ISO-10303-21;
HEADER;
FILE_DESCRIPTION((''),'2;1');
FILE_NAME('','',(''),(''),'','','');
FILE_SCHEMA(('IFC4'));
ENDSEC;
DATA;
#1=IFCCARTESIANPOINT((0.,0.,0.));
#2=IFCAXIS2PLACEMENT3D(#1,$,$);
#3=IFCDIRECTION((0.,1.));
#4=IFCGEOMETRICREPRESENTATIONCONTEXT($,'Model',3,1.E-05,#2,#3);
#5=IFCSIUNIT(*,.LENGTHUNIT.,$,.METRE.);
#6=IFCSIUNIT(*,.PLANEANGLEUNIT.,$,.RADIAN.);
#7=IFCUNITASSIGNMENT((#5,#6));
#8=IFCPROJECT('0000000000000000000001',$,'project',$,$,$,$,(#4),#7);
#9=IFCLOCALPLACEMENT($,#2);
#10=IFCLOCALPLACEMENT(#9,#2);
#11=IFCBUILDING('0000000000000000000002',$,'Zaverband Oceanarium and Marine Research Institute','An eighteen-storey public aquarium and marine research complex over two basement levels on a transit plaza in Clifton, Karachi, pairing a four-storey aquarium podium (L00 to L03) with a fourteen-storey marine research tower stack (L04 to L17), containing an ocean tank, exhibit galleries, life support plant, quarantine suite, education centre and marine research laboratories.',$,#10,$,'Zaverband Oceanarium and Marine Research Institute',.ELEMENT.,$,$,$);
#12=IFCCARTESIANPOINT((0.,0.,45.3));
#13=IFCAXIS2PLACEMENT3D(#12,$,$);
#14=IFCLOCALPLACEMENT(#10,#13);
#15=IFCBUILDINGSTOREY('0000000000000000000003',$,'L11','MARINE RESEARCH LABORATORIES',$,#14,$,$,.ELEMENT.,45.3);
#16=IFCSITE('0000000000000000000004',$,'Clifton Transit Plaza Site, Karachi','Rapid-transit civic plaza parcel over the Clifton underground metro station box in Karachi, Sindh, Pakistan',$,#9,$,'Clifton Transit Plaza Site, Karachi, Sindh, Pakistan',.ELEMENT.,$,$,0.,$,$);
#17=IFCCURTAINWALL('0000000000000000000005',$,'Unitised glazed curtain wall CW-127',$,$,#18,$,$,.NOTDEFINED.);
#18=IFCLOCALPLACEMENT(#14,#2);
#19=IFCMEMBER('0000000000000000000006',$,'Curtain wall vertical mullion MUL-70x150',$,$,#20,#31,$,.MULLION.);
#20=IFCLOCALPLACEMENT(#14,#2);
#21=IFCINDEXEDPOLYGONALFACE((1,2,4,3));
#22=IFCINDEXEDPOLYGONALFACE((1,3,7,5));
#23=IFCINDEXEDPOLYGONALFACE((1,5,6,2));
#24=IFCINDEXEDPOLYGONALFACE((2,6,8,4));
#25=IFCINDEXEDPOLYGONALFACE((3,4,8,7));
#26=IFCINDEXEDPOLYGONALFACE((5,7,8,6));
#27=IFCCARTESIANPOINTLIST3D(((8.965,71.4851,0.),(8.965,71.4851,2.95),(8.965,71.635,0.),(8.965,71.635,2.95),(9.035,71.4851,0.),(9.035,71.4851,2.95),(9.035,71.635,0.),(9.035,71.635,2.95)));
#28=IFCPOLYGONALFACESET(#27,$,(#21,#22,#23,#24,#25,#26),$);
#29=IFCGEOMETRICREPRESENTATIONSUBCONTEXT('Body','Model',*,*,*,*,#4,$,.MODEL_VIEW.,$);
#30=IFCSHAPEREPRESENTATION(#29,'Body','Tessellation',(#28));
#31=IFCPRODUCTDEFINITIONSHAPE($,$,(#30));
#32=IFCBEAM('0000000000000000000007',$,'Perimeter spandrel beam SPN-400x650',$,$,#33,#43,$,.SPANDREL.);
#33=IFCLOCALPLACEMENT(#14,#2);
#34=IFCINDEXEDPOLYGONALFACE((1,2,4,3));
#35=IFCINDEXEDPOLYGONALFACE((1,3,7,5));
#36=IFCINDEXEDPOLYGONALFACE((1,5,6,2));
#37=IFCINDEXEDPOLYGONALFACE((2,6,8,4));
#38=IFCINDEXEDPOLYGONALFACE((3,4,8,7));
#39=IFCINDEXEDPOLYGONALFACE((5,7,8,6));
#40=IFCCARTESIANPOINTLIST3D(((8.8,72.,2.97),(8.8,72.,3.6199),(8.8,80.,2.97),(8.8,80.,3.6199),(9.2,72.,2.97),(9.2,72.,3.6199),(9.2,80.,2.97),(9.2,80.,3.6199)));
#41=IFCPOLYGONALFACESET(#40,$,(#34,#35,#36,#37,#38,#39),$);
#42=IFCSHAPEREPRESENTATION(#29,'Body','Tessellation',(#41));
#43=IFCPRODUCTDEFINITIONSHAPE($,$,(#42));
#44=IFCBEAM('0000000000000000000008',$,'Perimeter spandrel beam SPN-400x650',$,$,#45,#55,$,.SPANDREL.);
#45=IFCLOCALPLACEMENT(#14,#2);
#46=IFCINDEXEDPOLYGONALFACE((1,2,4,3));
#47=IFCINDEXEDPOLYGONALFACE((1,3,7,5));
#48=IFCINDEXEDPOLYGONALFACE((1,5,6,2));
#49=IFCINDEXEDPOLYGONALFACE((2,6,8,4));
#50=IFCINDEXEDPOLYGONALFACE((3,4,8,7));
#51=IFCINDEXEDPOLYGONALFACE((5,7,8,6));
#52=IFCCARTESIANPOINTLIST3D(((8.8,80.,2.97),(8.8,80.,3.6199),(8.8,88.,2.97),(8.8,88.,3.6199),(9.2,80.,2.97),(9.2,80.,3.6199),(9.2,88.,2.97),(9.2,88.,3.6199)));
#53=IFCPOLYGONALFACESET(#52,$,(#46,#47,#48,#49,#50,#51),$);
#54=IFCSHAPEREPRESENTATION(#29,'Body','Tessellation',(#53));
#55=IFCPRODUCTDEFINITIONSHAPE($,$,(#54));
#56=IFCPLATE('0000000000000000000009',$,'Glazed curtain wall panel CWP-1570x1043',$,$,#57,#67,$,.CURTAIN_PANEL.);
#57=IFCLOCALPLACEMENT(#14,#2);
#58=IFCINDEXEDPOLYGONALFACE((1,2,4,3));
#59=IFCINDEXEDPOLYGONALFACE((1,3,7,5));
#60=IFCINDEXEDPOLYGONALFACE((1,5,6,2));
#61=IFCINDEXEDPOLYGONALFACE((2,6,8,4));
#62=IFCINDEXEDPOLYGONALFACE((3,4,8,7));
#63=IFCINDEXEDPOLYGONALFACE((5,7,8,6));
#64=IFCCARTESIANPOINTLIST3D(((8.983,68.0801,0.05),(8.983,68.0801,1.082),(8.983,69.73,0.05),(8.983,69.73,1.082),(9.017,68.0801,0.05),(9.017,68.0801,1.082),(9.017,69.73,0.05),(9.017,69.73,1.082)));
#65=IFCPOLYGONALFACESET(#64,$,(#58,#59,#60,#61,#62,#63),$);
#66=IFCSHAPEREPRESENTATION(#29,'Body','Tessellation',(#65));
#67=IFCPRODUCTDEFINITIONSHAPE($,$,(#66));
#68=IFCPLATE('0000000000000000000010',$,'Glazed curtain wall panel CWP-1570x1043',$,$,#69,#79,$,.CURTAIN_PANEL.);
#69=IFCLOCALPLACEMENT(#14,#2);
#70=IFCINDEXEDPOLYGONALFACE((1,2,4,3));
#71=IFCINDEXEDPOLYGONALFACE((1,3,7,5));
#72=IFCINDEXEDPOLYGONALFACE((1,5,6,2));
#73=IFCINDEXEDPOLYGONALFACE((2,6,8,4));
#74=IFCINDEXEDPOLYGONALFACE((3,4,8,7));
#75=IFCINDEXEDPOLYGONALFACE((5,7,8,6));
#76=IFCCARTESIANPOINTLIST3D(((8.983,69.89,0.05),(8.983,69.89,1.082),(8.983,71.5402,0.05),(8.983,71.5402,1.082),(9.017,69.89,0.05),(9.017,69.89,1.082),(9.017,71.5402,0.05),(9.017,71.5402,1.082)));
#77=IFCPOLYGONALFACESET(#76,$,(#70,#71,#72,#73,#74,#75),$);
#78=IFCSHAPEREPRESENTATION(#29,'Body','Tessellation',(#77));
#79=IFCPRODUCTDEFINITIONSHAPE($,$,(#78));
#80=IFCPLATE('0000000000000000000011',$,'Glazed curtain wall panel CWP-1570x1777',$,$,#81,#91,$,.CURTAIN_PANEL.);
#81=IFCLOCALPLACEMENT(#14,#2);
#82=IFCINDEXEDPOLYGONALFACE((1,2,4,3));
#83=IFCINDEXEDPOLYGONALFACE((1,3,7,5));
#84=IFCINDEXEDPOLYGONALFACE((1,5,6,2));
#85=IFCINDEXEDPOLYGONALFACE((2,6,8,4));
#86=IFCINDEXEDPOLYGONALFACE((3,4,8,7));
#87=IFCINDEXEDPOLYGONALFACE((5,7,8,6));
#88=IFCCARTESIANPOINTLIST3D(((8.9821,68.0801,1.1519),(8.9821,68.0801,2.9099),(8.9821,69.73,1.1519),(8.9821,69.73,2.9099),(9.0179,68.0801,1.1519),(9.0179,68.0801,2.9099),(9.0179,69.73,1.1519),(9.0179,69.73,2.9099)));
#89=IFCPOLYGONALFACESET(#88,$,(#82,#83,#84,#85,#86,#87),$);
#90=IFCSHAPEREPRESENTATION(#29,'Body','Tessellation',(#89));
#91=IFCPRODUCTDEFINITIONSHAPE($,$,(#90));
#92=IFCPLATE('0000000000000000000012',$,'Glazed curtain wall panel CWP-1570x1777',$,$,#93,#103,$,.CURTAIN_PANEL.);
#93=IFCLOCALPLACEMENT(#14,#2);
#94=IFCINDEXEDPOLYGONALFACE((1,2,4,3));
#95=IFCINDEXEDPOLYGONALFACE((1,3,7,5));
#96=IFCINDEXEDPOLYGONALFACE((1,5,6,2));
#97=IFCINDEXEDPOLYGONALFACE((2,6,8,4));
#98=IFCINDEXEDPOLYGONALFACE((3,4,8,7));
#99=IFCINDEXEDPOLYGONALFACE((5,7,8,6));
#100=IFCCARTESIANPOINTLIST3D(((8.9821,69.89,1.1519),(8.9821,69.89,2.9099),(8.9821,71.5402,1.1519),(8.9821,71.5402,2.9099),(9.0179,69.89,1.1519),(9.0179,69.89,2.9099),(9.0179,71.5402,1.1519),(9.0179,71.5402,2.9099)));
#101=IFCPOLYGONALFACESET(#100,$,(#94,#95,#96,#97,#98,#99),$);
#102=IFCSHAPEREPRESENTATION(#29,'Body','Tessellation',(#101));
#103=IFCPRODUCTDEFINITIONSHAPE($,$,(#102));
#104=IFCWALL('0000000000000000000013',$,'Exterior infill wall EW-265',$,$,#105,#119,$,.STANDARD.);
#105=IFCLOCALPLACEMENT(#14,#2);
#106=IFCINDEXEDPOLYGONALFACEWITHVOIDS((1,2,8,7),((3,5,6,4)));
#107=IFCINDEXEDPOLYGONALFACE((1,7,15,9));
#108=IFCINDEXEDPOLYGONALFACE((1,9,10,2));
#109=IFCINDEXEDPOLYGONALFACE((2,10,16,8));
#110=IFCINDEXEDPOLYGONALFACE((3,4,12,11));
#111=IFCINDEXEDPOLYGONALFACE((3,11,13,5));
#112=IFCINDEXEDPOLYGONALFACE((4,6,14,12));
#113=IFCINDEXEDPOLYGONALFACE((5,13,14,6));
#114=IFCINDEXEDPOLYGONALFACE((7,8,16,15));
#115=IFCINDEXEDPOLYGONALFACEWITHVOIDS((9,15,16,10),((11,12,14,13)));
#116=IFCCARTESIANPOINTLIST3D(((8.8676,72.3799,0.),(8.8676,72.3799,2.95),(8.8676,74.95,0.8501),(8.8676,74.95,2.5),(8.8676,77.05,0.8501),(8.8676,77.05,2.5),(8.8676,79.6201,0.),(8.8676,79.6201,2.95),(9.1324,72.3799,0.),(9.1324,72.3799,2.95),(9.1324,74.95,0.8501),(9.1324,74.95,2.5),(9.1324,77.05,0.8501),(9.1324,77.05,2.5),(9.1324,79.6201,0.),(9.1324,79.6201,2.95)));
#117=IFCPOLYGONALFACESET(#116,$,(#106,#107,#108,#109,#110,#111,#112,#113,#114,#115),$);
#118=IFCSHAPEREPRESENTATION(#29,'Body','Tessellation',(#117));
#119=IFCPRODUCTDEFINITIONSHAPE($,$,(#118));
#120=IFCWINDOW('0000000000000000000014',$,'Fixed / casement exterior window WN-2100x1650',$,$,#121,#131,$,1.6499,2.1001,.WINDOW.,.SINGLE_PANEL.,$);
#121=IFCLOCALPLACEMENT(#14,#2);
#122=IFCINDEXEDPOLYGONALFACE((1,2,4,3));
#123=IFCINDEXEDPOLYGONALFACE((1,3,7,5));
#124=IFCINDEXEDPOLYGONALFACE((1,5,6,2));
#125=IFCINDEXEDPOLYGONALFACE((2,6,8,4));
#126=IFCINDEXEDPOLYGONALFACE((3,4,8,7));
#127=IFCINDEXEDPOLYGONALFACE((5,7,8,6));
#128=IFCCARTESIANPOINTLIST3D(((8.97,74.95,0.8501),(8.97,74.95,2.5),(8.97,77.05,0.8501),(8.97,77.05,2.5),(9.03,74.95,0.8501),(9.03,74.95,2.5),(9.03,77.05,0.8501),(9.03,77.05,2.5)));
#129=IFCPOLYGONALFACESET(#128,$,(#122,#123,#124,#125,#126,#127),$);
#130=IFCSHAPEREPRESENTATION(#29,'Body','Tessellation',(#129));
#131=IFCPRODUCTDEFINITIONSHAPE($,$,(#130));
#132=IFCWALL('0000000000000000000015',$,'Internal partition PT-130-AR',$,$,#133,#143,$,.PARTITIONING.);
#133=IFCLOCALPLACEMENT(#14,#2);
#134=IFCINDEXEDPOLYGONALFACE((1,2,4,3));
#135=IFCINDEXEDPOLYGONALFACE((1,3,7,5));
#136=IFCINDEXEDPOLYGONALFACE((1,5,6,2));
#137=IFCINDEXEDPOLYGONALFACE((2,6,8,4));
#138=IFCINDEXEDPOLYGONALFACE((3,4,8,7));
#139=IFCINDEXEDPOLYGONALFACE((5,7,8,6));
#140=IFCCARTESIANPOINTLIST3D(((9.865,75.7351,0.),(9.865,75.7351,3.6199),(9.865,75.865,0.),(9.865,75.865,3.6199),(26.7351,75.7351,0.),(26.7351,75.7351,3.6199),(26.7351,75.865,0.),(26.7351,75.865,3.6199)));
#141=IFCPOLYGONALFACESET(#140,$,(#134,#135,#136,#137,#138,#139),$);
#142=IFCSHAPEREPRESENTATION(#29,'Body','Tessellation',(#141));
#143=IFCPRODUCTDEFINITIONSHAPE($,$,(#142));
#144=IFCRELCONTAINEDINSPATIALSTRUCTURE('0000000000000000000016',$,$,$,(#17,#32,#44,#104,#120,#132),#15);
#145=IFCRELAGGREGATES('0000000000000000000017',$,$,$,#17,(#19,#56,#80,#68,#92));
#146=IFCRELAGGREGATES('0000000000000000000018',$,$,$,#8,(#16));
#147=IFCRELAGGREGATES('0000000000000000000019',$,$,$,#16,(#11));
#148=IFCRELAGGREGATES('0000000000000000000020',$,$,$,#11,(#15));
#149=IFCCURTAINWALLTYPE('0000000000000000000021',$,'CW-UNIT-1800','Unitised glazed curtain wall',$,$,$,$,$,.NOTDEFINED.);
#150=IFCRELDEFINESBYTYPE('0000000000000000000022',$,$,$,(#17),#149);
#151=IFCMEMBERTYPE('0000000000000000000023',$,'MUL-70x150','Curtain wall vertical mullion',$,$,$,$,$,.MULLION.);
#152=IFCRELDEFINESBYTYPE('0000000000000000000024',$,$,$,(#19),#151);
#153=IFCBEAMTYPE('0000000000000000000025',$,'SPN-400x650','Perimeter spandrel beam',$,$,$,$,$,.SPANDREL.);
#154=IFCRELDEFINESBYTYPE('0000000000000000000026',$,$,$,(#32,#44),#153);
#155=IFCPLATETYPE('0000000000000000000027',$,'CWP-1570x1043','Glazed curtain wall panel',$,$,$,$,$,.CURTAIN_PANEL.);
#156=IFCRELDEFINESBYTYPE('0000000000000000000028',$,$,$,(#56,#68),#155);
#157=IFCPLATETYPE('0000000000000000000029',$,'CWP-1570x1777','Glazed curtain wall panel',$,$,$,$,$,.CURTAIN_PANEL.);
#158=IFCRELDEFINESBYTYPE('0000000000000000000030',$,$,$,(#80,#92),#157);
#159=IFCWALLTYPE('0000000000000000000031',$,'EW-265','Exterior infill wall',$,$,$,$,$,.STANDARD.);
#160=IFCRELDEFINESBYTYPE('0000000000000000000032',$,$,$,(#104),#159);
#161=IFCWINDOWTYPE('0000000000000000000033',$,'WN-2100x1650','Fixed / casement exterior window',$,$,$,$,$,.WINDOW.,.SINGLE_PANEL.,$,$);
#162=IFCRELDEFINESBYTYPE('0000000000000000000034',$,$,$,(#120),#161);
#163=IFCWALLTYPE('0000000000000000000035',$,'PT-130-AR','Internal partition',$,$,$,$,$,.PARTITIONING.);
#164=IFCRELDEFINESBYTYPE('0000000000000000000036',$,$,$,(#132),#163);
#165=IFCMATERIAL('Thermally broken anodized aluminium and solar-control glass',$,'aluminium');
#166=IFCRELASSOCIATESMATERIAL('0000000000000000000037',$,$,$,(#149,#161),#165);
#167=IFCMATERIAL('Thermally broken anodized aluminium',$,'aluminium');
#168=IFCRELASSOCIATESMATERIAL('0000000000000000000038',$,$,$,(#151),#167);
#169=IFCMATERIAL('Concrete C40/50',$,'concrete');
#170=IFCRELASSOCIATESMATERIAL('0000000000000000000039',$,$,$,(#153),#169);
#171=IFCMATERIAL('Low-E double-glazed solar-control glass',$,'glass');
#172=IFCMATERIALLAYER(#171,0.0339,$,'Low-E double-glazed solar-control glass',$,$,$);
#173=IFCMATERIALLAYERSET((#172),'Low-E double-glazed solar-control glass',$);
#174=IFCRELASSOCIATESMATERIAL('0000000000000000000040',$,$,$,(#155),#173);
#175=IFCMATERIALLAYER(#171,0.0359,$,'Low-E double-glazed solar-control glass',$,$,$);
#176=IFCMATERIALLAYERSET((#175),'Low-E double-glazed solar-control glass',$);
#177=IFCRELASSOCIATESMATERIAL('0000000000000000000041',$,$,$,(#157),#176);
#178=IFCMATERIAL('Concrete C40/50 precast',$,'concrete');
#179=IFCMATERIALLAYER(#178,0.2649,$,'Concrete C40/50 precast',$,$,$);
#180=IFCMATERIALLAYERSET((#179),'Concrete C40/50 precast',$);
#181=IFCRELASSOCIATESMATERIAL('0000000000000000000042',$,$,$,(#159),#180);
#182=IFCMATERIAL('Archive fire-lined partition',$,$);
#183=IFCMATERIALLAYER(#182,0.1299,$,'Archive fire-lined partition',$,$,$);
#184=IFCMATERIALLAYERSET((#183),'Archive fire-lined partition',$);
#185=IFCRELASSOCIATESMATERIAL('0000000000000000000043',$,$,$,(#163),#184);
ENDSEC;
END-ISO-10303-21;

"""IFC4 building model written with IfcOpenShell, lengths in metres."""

from ifc_helpers import new_model, si_unit, direction, frame, frame_2d, origin, origin_2d, place, context, subcontext, project, spatial, rectangle, extrude, material, layer, layer_set, material_profile, profile_set, type_object, element, fill, aggregate, save


model = new_model("IFC4")

# Units and contexts
model_context = context("Model", 3, precision=1e-05, world=origin(), true_north=direction((0.0, 1.0)))
body_context = subcontext(model_context, "Body", "Model", "MODEL_VIEW")
ifc_project = project(units=[si_unit("LENGTHUNIT", "METRE"), si_unit("PLANEANGLEUNIT", "RADIAN")], contexts=[model_context])

# Site, building, storey
site_placement = place(None, origin())
site = spatial("IfcSite", under=ifc_project, at=site_placement, Name="Clifton Transit Plaza Site, Karachi", Description="Rapid-transit civic plaza parcel over the Clifton underground metro station box in Karachi, Sindh, Pakistan", LongName="Clifton Transit Plaza Site, Karachi, Sindh, Pakistan", CompositionType="ELEMENT", RefElevation=0.0)
building_placement = place(site_placement, origin())
building = spatial("IfcBuilding", under=site, at=building_placement, Name="Zaverband Oceanarium and Marine Research Institute", Description="An eighteen-storey public aquarium and marine research complex over two basement levels on a transit plaza in Clifton, Karachi, pairing a four-storey aquarium podium (L00 to L03) with a fourteen-storey marine research tower stack (L04 to L17), containing an ocean tank, exhibit galleries, life support plant, quarantine suite, education centre and marine research laboratories.", LongName="Zaverband Oceanarium and Marine Research Institute", CompositionType="ELEMENT")
storey_placement = place(building_placement, frame((0.0, 0.0, 45.3)))
storey = spatial("IfcBuildingStorey", under=building, at=storey_placement, Name="L11", Description="MARINE RESEARCH LABORATORIES", CompositionType="ELEMENT", Elevation=45.3)

# Shared definitions
ifc_material_1 = material(Name="Concrete C40/50", Category="concrete")

# Curtain wall, member
ifc_material_2 = material(Name="Thermally broken anodized aluminium and solar-control glass", Category="aluminium")
curtain_wall_type = type_object("IfcCurtainWallType", Name="CW-UNIT-1800", Description="Unitised glazed curtain wall", PredefinedType="NOTDEFINED", material=ifc_material_2)
curtain_wall_placement = place(storey_placement, origin())
curtain_wall = element("IfcCurtainWall", 1, at=curtain_wall_placement, inside=storey, type_object=curtain_wall_type, Name="Unitised glazed curtain wall CW-127", PredefinedType="NOTDEFINED")
ifc_material_3 = material(Name="Thermally broken anodized aluminium", Category="aluminium")
ifc_material_profile_1 = material_profile(ifc_material_3, rectangle(XDim=0.0701, YDim=0.1499, at=origin_2d()), Name="AL-MUL-70x150")
ifc_profile_set_1 = profile_set([ifc_material_profile_1], Name="Thermally broken anodized aluminium")
member_type_1 = type_object("IfcMemberType", Name="MUL-70x150", Description="Curtain wall vertical mullion", PredefinedType="MULLION", material=ifc_profile_set_1)
member_1_placement = place(storey_placement, frame((9.0, 71.5601, 0.0), z_axis=(0.0, 0.0, 1.0), x_axis=(1.0, 0.0, 0.0)))
member_1 = element("IfcMember", 2, at=member_1_placement, type_object=member_type_1, Name="Curtain wall vertical mullion MUL-70x150", PredefinedType="MULLION", context=body_context, shape_type="SweptSolid", body=[
    extrude(rectangle(XDim=0.0701, YDim=0.1499, at=origin_2d()), origin(), (0.0, 0.0, 1.0), 2.95),
])

# Beams
ifc_material_profile_2 = material_profile(ifc_material_1, rectangle(XDim=0.3999, YDim=0.6499, at=origin_2d()), Name="RC400x650")
ifc_profile_set_2 = profile_set([ifc_material_profile_2], Name="Concrete C40/50")
beam_type_1 = type_object("IfcBeamType", Name="SPN-400x650", Description="Perimeter spandrel beam", PredefinedType="SPANDREL", material=ifc_profile_set_2)
for number, where, z_axis, x_axis, name in (
    (3, (9.0, 72.0, 3.2949), (0.0, 1.0, 0.0), (-1.0, 0.0, 0.0), "Perimeter spandrel beam SPN-400x650"),
    (4, (9.0, 80.0, 3.2949), (0.0, 1.0, 0.0), (-1.0, 0.0, 0.0), "Perimeter spandrel beam SPN-400x650"),
):
    element("IfcBeam", number, at=place(storey_placement, frame(where, z_axis=z_axis, x_axis=x_axis)), inside=storey, type_object=beam_type_1, Name=name, PredefinedType="SPANDREL", context=body_context, shape_type="SweptSolid", body=[
        extrude(rectangle(XDim=0.3999, YDim=0.6499, at=origin_2d()), origin(), (0.0, 0.0, 1.0), 8.0),
    ])

# Plates
ifc_material_4 = material(Name="Low-E double-glazed solar-control glass", Category="glass")
ifc_layer_1 = layer(ifc_material_4, 0.0339, Name="Low-E double-glazed solar-control glass")
ifc_layer_set_1 = layer_set([ifc_layer_1], Name="Low-E double-glazed solar-control glass")
plate_type_1 = type_object("IfcPlateType", Name="CWP-1570x1043", Description="Glazed curtain wall panel", PredefinedType="CURTAIN_PANEL", material=ifc_layer_set_1)
plate_1_placement = place(storey_placement, frame((9.0, 68.0801, 0.05), z_axis=(0.0, 0.0, 1.0), x_axis=(0.0, 1.0, 0.0)))
plate_1 = element("IfcPlate", 5, at=plate_1_placement, type_object=plate_type_1, Name="Glazed curtain wall panel CWP-1570x1043", PredefinedType="CURTAIN_PANEL", context=body_context, shape_type="SweptSolid", body=[
    extrude(rectangle(XDim=1.6499, YDim=0.0339, at=frame_2d((0.825, 0.0))), origin(), (0.0, 0.0, 1.0), 1.032),
])
plate_2_placement = place(storey_placement, frame((9.0, 69.8899, 0.05), z_axis=(0.0, 0.0, 1.0), x_axis=(0.0, 1.0, 0.0)))
plate_2 = element("IfcPlate", 6, at=plate_2_placement, type_object=plate_type_1, Name="Glazed curtain wall panel CWP-1570x1043", PredefinedType="CURTAIN_PANEL", context=body_context, shape_type="SweptSolid", body=[
    extrude(rectangle(XDim=1.6501, YDim=0.0339, at=frame_2d((0.8252, 0.0))), origin(), (0.0, 0.0, 1.0), 1.032),
])
ifc_layer_2 = layer(ifc_material_4, 0.0359, Name="Low-E double-glazed solar-control glass")
ifc_layer_set_2 = layer_set([ifc_layer_2], Name="Low-E double-glazed solar-control glass")
plate_type_2 = type_object("IfcPlateType", Name="CWP-1570x1777", Description="Glazed curtain wall panel", PredefinedType="CURTAIN_PANEL", material=ifc_layer_set_2)
plate_3_placement = place(storey_placement, frame((9.0, 68.0801, 1.1519), z_axis=(0.0, 0.0, 1.0), x_axis=(0.0, 1.0, 0.0)))
plate_3 = element("IfcPlate", 7, at=plate_3_placement, type_object=plate_type_2, Name="Glazed curtain wall panel CWP-1570x1777", PredefinedType="CURTAIN_PANEL", context=body_context, shape_type="SweptSolid", body=[
    extrude(rectangle(XDim=1.6499, YDim=0.0359, at=frame_2d((0.825, 0.0))), origin(), (0.0, 0.0, 1.0), 1.7581),
])
plate_4_placement = place(storey_placement, frame((9.0, 69.8899, 1.1519), z_axis=(0.0, 0.0, 1.0), x_axis=(0.0, 1.0, 0.0)))
plate_4 = element("IfcPlate", 8, at=plate_4_placement, type_object=plate_type_2, Name="Glazed curtain wall panel CWP-1570x1777", PredefinedType="CURTAIN_PANEL", context=body_context, shape_type="SweptSolid", body=[
    extrude(rectangle(XDim=1.6501, YDim=0.0359, at=frame_2d((0.8252, 0.0))), origin(), (0.0, 0.0, 1.0), 1.7581),
])
aggregate(curtain_wall, [member_1, plate_1, plate_3, plate_2, plate_4])

# Wall, opening, window
ifc_material_5 = material(Name="Concrete C40/50 precast", Category="concrete")
ifc_layer_3 = layer(ifc_material_5, 0.2649, Name="Concrete C40/50 precast")
ifc_layer_set_3 = layer_set([ifc_layer_3], Name="Concrete C40/50 precast")
wall_type_1 = type_object("IfcWallType", Name="EW-265", Description="Exterior infill wall", PredefinedType="STANDARD", material=ifc_layer_set_3)
wall_1_placement = place(storey_placement, frame((9.0, 72.3799, 0.0), z_axis=(0.0, 0.0, 1.0), x_axis=(0.0, 1.0, 0.0)))
wall_1 = element("IfcWall", 9, at=wall_1_placement, inside=storey, type_object=wall_type_1, Name="Exterior infill wall EW-265", PredefinedType="STANDARD", context=body_context, shape_type="SweptSolid", body=[
    extrude(rectangle(XDim=7.2402, YDim=0.2649, at=frame_2d((3.6201, 0.0))), origin(), (0.0, 0.0, 1.0), 2.95),
])
opening_placement = place(wall_1_placement, frame((2.5701, 0.0, 0.8501)))
opening = element("IfcOpeningElement", 10, at=opening_placement, cuts=wall_1, PredefinedType="OPENING", context=body_context, shape_type="SweptSolid", body=[
    extrude(rectangle(XDim=2.1001, YDim=1.6499, at=frame_2d((1.05, 0.825))), frame((0.0, 0.1445, 0.0), z_axis=(0.0, -1.0, 0.0), x_axis=(1.0, 0.0, 0.0)), (0.0, 0.0, 1.0), 0.2888),
])
window_type = type_object("IfcWindowType", Name="WN-2100x1650", Description="Fixed / casement exterior window", PartitioningType="SINGLE_PANEL", PredefinedType="WINDOW", material=ifc_material_2)
window_placement = place(opening_placement, origin())
window = element("IfcWindow", 11, at=window_placement, inside=storey, type_object=window_type, Name="Fixed / casement exterior window WN-2100x1650", OverallHeight=1.6499, OverallWidth=2.1001, PartitioningType="SINGLE_PANEL", PredefinedType="WINDOW", context=body_context, shape_type="SweptSolid", body=[
    extrude(rectangle(XDim=2.1001, YDim=1.6499, at=frame_2d((1.05, 0.825))), frame((0.0, 0.03, 0.0), z_axis=(0.0, -1.0, 0.0), x_axis=(1.0, 0.0, 0.0)), (0.0, 0.0, 1.0), 0.0601),
])
fill(opening, window)

# Wall
ifc_material_6 = material(Name="Archive fire-lined partition")
ifc_layer_4 = layer(ifc_material_6, 0.1299, Name="Archive fire-lined partition")
ifc_layer_set_4 = layer_set([ifc_layer_4], Name="Archive fire-lined partition")
wall_type_2 = type_object("IfcWallType", Name="PT-130-AR", Description="Internal partition", PredefinedType="PARTITIONING", material=ifc_layer_set_4)
wall_2_placement = place(storey_placement, frame((9.865, 75.8, 0.0), z_axis=(0.0, 0.0, 1.0), x_axis=(1.0, 0.0, 0.0)))
element("IfcWall", 12, at=wall_2_placement, inside=storey, type_object=wall_type_2, Name="Internal partition PT-130-AR", PredefinedType="PARTITIONING", context=body_context, shape_type="SweptSolid", body=[
    extrude(rectangle(XDim=16.8701, YDim=0.1299, at=frame_2d((8.4351, 0.0))), origin(), (0.0, 0.0, 1.0), 3.6199),
])

save(model, "model.ifc")
